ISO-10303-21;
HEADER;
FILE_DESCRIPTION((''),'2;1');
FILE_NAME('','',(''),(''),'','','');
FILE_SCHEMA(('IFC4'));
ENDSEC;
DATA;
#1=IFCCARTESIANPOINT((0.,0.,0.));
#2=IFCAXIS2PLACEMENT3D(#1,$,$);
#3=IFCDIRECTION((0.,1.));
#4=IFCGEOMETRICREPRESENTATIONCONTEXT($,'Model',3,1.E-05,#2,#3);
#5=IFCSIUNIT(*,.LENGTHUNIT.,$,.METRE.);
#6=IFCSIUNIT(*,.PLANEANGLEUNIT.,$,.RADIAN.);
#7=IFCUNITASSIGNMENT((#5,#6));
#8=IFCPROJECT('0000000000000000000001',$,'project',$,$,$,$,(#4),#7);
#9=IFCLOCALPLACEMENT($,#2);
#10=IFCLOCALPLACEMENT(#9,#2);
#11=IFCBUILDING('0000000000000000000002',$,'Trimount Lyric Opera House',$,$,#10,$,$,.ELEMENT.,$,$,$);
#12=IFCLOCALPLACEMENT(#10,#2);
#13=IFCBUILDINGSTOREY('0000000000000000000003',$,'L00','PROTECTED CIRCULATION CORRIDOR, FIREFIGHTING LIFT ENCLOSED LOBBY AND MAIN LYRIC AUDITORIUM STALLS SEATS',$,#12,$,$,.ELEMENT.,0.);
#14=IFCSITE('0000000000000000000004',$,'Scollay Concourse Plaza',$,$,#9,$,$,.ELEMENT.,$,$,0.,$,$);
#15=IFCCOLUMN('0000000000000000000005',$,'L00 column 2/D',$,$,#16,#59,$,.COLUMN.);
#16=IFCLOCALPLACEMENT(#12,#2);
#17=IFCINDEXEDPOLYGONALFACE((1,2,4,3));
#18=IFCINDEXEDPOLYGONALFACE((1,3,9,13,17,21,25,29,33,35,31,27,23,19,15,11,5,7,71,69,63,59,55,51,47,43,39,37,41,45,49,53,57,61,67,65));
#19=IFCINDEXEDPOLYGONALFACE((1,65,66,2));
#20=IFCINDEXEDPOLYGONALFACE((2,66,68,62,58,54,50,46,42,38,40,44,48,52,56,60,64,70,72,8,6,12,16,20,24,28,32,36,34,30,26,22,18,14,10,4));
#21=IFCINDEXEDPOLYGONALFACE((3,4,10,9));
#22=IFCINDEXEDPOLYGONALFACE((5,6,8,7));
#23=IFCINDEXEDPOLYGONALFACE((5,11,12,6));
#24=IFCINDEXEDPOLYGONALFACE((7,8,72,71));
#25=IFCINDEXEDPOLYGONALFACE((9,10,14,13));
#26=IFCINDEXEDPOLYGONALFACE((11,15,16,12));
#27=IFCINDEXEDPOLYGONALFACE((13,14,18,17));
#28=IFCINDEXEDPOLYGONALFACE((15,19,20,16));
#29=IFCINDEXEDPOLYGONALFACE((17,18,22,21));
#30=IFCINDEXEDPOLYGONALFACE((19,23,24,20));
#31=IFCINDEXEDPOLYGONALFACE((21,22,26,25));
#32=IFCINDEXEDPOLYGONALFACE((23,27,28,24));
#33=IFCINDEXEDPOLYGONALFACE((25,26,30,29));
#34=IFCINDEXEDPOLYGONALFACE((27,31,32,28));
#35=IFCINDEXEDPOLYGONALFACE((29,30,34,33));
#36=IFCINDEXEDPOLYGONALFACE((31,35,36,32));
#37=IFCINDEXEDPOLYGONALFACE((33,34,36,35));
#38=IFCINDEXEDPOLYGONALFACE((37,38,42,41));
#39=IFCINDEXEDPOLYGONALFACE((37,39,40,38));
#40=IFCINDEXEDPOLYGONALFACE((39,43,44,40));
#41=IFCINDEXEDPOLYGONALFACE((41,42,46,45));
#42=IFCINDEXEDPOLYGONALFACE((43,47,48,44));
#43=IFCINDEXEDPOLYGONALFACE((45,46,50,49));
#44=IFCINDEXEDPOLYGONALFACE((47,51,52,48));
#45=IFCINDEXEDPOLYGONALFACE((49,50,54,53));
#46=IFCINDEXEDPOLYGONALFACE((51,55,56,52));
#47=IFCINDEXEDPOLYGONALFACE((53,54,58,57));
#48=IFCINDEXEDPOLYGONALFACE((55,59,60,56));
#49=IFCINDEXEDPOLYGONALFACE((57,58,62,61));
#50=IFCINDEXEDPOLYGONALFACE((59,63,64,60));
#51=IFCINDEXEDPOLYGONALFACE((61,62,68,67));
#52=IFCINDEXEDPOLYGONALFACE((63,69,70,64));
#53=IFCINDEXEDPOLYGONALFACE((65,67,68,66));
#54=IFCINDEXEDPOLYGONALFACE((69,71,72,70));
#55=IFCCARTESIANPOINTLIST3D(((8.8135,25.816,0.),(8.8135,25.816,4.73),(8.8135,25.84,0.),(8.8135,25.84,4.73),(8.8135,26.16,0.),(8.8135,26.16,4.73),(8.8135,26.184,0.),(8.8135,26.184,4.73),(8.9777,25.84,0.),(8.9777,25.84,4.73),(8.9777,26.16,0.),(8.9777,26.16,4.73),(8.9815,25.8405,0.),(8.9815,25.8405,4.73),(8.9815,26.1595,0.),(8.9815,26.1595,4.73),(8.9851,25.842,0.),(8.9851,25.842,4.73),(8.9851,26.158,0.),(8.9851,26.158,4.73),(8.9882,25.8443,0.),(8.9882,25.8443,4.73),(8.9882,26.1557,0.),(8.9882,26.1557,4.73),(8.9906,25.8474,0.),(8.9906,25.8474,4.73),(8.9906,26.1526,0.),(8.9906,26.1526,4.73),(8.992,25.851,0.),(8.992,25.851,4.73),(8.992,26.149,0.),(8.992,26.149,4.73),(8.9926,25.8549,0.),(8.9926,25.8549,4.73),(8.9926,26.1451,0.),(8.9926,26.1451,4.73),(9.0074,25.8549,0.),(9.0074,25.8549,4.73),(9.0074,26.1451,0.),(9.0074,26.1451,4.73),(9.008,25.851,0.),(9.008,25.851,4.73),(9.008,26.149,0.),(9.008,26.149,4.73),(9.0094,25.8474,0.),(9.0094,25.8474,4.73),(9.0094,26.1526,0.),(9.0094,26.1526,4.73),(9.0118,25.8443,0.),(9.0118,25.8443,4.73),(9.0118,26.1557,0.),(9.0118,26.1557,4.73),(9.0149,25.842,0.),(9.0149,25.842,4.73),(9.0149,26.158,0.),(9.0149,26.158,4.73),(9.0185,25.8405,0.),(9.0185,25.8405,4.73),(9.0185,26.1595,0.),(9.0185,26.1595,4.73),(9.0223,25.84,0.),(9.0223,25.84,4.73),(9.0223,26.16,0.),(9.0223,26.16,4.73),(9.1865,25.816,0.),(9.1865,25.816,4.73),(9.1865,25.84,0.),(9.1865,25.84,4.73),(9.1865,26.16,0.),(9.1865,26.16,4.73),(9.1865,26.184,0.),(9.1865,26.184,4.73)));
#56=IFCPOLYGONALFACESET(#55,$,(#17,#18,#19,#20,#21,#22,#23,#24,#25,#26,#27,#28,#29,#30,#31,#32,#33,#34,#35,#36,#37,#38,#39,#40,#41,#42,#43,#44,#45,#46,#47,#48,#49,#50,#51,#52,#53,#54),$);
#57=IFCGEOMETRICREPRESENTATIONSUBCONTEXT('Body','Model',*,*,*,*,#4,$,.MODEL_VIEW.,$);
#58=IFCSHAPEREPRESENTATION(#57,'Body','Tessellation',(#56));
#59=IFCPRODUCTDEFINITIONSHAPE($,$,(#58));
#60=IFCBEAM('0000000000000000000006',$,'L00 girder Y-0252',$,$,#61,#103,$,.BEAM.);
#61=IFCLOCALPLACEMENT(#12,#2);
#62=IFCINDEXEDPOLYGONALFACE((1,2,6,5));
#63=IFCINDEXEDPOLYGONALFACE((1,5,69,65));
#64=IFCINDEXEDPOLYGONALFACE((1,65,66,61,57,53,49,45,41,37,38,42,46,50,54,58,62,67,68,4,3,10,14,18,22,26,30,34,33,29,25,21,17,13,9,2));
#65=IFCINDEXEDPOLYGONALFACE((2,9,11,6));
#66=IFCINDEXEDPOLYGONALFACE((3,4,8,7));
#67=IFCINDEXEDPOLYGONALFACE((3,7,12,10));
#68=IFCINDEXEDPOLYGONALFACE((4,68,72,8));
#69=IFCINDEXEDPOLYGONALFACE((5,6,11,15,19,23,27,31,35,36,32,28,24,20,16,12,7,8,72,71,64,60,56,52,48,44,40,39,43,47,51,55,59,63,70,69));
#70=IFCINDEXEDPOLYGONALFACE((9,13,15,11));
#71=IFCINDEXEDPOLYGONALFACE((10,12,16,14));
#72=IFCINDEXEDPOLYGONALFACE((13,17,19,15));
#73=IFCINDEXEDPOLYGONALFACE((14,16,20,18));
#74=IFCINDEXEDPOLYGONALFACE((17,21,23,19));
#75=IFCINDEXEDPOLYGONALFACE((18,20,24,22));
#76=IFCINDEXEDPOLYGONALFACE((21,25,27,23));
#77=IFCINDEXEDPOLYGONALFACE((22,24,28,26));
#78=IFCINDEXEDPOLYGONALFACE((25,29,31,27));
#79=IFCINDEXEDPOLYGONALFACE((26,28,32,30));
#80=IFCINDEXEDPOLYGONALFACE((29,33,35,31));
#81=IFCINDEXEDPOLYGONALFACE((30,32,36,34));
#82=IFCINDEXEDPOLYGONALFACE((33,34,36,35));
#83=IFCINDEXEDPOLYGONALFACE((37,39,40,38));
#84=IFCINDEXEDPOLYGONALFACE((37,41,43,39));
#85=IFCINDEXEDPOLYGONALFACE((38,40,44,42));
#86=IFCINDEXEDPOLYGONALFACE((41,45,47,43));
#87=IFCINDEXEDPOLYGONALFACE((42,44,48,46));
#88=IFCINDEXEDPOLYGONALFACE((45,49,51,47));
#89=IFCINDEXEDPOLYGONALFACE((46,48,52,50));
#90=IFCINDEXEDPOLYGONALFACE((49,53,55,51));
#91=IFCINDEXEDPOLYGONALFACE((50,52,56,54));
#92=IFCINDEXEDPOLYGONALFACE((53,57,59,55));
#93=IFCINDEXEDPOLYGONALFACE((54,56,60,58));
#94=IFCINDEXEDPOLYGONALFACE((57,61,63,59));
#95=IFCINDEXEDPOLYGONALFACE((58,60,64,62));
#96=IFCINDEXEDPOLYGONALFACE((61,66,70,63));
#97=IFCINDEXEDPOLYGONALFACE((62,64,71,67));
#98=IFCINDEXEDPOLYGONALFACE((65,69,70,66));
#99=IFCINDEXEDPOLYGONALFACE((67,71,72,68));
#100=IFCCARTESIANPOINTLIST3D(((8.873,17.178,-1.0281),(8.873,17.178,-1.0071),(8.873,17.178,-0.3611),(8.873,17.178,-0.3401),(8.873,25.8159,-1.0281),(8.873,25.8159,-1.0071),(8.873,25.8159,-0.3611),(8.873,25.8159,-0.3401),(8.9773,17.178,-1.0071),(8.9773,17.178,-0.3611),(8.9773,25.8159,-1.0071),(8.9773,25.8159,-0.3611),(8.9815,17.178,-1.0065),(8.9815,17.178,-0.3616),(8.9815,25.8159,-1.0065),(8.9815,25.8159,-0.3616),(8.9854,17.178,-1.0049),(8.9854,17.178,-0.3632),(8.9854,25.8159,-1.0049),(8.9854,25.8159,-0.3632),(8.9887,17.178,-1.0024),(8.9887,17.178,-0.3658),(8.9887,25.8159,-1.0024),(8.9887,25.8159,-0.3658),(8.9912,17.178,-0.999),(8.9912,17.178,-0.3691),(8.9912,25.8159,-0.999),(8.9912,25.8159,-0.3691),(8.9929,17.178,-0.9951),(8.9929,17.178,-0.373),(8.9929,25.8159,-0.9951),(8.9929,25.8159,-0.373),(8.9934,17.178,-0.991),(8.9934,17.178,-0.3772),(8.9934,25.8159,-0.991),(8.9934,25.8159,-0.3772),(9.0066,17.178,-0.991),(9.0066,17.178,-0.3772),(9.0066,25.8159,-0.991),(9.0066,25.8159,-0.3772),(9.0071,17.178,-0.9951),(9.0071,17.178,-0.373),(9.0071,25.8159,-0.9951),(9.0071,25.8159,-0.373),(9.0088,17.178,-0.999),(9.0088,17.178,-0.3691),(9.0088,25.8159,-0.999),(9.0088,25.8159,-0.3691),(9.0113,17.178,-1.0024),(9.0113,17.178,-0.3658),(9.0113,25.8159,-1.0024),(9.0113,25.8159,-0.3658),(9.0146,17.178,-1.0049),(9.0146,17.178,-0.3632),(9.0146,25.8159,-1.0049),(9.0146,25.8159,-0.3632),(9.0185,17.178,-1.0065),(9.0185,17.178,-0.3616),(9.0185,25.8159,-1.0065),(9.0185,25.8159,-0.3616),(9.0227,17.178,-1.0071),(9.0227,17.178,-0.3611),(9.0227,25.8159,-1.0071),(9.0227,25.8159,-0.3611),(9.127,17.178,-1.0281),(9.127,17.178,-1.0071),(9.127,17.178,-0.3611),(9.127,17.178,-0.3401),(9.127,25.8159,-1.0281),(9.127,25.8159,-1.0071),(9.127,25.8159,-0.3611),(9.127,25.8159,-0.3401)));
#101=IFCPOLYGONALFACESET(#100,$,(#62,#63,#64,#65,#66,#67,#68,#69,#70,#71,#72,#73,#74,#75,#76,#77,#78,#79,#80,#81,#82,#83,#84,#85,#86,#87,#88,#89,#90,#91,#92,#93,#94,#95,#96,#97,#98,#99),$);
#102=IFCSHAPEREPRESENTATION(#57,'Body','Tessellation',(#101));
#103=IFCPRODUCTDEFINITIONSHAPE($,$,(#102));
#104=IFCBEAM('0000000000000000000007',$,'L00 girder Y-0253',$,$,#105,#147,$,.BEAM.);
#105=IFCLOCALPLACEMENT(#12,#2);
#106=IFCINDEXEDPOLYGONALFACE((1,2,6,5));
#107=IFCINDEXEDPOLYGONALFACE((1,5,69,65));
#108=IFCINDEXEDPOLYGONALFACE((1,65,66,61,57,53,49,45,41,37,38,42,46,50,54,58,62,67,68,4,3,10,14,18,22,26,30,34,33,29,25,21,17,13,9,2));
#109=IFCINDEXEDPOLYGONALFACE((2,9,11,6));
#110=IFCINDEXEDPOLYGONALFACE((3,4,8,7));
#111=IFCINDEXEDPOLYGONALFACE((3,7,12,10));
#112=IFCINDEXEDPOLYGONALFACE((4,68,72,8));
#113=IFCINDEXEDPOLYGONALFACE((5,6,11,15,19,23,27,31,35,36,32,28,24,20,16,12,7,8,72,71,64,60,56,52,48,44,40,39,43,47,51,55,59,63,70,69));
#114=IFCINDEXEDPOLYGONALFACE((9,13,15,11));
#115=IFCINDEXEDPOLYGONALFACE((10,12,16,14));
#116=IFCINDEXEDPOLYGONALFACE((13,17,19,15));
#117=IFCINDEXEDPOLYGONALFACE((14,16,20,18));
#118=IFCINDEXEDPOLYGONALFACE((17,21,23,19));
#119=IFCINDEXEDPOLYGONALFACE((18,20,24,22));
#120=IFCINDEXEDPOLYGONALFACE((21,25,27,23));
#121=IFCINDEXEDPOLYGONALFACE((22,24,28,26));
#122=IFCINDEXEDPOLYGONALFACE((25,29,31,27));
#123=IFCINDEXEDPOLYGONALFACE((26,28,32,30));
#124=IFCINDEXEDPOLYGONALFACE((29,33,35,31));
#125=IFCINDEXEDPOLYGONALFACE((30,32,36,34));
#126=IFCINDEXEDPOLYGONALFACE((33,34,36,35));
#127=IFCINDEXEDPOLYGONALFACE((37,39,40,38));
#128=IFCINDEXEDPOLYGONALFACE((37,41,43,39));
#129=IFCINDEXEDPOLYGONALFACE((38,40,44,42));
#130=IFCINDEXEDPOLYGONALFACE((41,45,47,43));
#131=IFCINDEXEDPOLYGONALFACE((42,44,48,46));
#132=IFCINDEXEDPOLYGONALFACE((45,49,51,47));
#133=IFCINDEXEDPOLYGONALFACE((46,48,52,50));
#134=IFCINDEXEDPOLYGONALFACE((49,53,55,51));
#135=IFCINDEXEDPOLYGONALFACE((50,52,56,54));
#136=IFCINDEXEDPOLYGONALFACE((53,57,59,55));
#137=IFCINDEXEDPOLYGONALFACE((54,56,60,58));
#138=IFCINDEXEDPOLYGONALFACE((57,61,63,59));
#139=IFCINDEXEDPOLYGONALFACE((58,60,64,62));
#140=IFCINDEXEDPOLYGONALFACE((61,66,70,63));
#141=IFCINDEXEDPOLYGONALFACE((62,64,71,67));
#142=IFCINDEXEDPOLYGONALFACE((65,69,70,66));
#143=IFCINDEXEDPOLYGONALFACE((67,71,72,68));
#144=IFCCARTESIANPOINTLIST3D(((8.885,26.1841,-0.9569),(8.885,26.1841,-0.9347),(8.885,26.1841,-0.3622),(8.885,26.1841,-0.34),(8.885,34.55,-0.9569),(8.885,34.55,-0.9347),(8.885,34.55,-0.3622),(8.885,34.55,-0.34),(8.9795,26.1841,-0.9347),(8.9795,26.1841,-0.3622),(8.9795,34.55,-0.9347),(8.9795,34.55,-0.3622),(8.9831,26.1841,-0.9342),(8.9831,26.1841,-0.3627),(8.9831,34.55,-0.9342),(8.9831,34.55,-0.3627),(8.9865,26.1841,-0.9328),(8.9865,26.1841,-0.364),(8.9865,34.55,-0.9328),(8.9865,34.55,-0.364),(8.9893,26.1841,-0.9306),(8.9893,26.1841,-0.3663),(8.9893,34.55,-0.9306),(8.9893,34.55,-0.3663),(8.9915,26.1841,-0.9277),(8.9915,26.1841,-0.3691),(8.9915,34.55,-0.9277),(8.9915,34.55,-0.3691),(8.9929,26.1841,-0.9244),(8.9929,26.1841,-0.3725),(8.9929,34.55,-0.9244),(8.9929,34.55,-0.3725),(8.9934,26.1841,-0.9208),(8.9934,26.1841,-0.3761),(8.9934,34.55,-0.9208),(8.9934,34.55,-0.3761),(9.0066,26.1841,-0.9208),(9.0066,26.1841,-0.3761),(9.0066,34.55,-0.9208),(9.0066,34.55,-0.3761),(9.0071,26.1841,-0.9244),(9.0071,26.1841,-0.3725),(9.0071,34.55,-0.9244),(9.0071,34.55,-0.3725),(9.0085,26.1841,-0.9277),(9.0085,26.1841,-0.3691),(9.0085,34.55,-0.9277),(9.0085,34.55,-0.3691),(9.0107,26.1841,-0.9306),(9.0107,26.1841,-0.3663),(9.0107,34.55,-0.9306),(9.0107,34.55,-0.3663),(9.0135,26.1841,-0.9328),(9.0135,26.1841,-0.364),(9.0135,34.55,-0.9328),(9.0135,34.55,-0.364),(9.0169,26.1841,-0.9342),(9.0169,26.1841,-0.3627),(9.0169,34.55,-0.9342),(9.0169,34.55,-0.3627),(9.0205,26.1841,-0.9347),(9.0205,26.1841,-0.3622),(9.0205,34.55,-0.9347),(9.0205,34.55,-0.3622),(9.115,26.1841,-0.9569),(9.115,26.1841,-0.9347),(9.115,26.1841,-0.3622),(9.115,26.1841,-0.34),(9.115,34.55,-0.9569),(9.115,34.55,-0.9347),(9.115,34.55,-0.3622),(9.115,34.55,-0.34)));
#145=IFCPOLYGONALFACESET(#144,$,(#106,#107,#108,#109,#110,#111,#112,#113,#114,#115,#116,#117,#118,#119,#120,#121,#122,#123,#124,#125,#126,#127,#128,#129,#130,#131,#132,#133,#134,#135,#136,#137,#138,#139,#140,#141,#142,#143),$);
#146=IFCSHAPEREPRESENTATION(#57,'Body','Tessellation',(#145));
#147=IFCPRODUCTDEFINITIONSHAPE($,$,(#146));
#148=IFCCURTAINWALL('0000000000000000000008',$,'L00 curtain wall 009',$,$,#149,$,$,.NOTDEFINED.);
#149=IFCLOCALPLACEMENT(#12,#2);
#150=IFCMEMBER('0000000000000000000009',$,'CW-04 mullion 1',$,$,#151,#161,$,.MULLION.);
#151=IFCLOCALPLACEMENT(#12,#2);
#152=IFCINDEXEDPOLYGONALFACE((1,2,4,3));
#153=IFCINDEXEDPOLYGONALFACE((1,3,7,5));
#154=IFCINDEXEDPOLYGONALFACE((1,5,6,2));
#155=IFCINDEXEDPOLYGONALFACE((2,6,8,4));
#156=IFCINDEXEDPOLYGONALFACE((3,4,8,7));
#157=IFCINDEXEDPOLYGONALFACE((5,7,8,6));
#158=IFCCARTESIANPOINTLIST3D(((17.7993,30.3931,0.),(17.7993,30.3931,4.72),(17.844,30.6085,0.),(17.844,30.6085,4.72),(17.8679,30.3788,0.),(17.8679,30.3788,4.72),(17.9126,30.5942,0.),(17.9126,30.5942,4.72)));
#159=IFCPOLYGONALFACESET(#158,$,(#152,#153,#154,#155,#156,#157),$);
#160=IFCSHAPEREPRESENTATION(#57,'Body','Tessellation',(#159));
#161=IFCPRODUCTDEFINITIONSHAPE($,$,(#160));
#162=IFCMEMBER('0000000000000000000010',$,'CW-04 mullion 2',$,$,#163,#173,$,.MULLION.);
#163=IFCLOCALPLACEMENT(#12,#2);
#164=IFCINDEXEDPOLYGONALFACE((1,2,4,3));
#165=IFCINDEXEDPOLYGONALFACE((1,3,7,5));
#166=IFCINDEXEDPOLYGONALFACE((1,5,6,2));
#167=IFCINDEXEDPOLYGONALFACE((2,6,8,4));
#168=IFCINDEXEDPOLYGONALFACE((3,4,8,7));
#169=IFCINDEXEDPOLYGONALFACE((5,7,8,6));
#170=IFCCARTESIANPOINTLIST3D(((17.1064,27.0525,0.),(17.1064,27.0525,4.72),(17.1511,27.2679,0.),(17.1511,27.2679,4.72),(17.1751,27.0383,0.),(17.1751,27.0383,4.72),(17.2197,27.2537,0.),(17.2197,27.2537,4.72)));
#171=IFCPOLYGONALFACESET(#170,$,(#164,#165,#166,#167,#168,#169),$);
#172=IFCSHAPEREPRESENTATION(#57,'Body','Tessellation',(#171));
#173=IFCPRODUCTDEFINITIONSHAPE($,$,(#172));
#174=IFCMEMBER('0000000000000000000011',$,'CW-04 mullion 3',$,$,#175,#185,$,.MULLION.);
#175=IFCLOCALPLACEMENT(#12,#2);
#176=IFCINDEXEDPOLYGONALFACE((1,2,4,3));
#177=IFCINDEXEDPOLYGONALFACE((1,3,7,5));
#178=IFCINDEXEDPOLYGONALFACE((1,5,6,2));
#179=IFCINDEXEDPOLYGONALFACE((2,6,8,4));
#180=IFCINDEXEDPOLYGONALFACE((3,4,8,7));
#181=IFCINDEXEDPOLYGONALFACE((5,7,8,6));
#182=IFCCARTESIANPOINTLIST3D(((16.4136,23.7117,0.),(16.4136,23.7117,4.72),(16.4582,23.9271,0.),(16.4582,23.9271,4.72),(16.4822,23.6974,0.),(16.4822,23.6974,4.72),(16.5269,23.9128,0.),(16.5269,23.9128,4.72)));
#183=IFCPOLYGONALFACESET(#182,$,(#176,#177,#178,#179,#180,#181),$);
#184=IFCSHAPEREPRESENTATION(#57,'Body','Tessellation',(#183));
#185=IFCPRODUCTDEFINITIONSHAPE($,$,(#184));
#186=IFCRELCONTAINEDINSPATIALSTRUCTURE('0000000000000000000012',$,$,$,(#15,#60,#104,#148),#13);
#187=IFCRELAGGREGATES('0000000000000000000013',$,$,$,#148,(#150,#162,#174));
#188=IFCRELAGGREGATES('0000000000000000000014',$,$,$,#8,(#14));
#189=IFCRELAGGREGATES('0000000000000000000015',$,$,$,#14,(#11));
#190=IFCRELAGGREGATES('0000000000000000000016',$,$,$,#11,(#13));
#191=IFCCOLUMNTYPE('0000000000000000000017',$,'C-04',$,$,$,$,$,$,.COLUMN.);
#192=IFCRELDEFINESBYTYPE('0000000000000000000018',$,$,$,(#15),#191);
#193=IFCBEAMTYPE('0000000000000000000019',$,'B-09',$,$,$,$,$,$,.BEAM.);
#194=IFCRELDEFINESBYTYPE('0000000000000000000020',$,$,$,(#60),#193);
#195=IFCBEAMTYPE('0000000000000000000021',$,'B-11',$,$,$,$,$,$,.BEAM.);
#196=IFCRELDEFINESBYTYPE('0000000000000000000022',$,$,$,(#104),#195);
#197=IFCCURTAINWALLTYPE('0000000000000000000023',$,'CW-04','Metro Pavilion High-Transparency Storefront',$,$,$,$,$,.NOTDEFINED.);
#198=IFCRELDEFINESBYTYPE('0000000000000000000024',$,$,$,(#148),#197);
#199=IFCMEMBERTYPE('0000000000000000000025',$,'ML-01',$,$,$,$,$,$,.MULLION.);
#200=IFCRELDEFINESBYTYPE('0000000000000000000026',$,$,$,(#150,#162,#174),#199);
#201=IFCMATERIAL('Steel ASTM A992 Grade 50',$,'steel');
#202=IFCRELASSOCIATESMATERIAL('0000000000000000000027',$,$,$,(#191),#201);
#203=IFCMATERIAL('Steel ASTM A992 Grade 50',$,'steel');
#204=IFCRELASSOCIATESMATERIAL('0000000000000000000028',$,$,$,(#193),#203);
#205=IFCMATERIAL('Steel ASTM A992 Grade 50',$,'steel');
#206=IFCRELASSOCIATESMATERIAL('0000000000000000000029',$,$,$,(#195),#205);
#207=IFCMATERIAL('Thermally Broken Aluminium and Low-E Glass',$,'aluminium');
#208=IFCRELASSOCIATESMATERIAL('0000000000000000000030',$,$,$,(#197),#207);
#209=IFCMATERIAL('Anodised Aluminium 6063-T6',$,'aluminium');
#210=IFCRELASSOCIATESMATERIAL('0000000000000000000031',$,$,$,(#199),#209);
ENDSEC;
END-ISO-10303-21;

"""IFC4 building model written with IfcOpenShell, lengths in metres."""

from ifc_helpers import new_model, si_unit, direction, frame, origin, origin_2d, place, context, subcontext, project, spatial, rectangle, i_section, extrude, material, material_profile, profile_set, type_object, element, aggregate, save


model = new_model("IFC4")

# Units and contexts
model_context = context("Model", 3, precision=1e-05, world=origin(), true_north=direction((0.0, 1.0)))
body_context = subcontext(model_context, "Body", "Model", "MODEL_VIEW")
ifc_project = project(units=[si_unit("LENGTHUNIT", "METRE"), si_unit("PLANEANGLEUNIT", "RADIAN")], contexts=[model_context])

# Site, building, storey
site_placement = place(None, origin())
site = spatial("IfcSite", under=ifc_project, at=site_placement, Name="Scollay Concourse Plaza", CompositionType="ELEMENT", RefElevation=0.0)
building_placement = place(site_placement, origin())
building = spatial("IfcBuilding", under=site, at=building_placement, Name="Trimount Lyric Opera House", CompositionType="ELEMENT")
storey_placement = place(building_placement, origin())
storey = spatial("IfcBuildingStorey", under=building, at=storey_placement, Name="L00", Description="PROTECTED CIRCULATION CORRIDOR, FIREFIGHTING LIFT ENCLOSED LOBBY AND MAIN LYRIC AUDITORIUM STALLS SEATS", CompositionType="ELEMENT", Elevation=0.0)

# Column
ifc_material_1 = material(Name="Steel ASTM A992 Grade 50", Category="steel")
ifc_material_profile_1 = material_profile(ifc_material_1, i_section(OverallWidth=0.373, OverallDepth=0.3679, WebThickness=0.0149, FlangeThickness=0.0239, FilletRadius=0.0149, at=origin_2d()), Name="W14X120")
ifc_profile_set_1 = profile_set([ifc_material_profile_1], Name="Steel ASTM A992 Grade 50")
column_type = type_object("IfcColumnType", Name="C-04", PredefinedType="COLUMN", material=ifc_profile_set_1)
column_placement = place(storey_placement, frame((9.0, 26.0, 0.0), z_axis=(0.0, 0.0, 1.0), x_axis=(1.0, 0.0, 0.0)))
element("IfcColumn", 1, at=column_placement, inside=storey, type_object=column_type, Name="L00 column 2/D", PredefinedType="COLUMN", context=body_context, shape_type="SweptSolid", body=[
    extrude(i_section(OverallWidth=0.373, OverallDepth=0.3679, WebThickness=0.0149, FlangeThickness=0.0239, FilletRadius=0.0149, at=origin_2d()), origin(), (0.0, 0.0, 1.0), 4.73),
])

# Beams
ifc_material_2 = material(Name="Steel ASTM A992 Grade 50", Category="steel")
ifc_material_profile_2 = material_profile(ifc_material_2, i_section(OverallWidth=0.2539, OverallDepth=0.688, WebThickness=0.0132, FlangeThickness=0.021, FilletRadius=0.0161, at=origin_2d()), Name="W27X102")
ifc_profile_set_2 = profile_set([ifc_material_profile_2], Name="Steel ASTM A992 Grade 50")
beam_type_1 = type_object("IfcBeamType", Name="B-09", PredefinedType="BEAM", material=ifc_profile_set_2)
beam_1_placement = place(storey_placement, frame((9.0, 17.178, -0.6841), z_axis=(0.0, 1.0, 0.0), x_axis=(-1.0, 0.0, 0.0)))
element("IfcBeam", 2, at=beam_1_placement, inside=storey, type_object=beam_type_1, Name="L00 girder Y-0252", PredefinedType="BEAM", context=body_context, shape_type="SweptSolid", body=[
    extrude(i_section(OverallWidth=0.2539, OverallDepth=0.688, WebThickness=0.0132, FlangeThickness=0.021, FilletRadius=0.0161, at=origin_2d()), origin(), (0.0, 0.0, 1.0), 8.6379),
])
ifc_material_3 = material(Name="Steel ASTM A992 Grade 50", Category="steel")
ifc_material_profile_3 = material_profile(ifc_material_3, i_section(OverallWidth=0.23, OverallDepth=0.6169, WebThickness=0.0132, FlangeThickness=0.0222, FilletRadius=0.0139, at=origin_2d()), Name="W24X94")
ifc_profile_set_3 = profile_set([ifc_material_profile_3], Name="Steel ASTM A992 Grade 50")
beam_type_2 = type_object("IfcBeamType", Name="B-11", PredefinedType="BEAM", material=ifc_profile_set_3)
beam_2_placement = place(storey_placement, frame((9.0, 26.1841, -0.6484), z_axis=(0.0, 1.0, 0.0), x_axis=(-1.0, 0.0, 0.0)))
element("IfcBeam", 3, at=beam_2_placement, inside=storey, type_object=beam_type_2, Name="L00 girder Y-0253", PredefinedType="BEAM", context=body_context, shape_type="SweptSolid", body=[
    extrude(i_section(OverallWidth=0.23, OverallDepth=0.6169, WebThickness=0.0132, FlangeThickness=0.0222, FilletRadius=0.0139, at=origin_2d()), origin(), (0.0, 0.0, 1.0), 8.366),
])

# Curtain wall, members
ifc_material_4 = material(Name="Thermally Broken Aluminium and Low-E Glass", Category="aluminium")
curtain_wall_type = type_object("IfcCurtainWallType", Name="CW-04", Description="Metro Pavilion High-Transparency Storefront", PredefinedType="NOTDEFINED", material=ifc_material_4)
curtain_wall_1_placement = place(storey_placement, origin())
curtain_wall_1 = element("IfcCurtainWall", 4, at=curtain_wall_1_placement, inside=storey, type_object=curtain_wall_type, Name="L00 curtain wall 009", PredefinedType="NOTDEFINED")
ifc_material_5 = material(Name="Anodised Aluminium 6063-T6", Category="aluminium")
ifc_material_profile_4 = material_profile(ifc_material_5, rectangle(XDim=0.0701, YDim=0.22, at=origin_2d()), Name="ALU-MULL-70X220")
ifc_profile_set_4 = profile_set([ifc_material_profile_4], Name="Anodised Aluminium 6063-T6")
member_type_1 = type_object("IfcMemberType", Name="ML-01", PredefinedType="MULLION", material=ifc_profile_set_4)
member_1_placement = place(storey_placement, frame((17.856, 30.4937, 0.0), z_axis=(0.0, 0.0, 1.0), x_axis=(0.979161, -0.203085, 0.0)))
member_1 = element("IfcMember", 5, at=member_1_placement, type_object=member_type_1, Name="CW-04 mullion 1", PredefinedType="MULLION", context=body_context, shape_type="SweptSolid", body=[
    extrude(rectangle(XDim=0.0701, YDim=0.22, at=origin_2d()), origin(), (0.0, 0.0, 1.0), 4.72),
])
member_2_placement = place(storey_placement, frame((17.1631, 27.1531, 0.0), z_axis=(0.0, 0.0, 1.0), x_axis=(0.979161, -0.203085, 0.0)))
member_2 = element("IfcMember", 6, at=member_2_placement, type_object=member_type_1, Name="CW-04 mullion 2", PredefinedType="MULLION", context=body_context, shape_type="SweptSolid", body=[
    extrude(rectangle(XDim=0.0701, YDim=0.22, at=origin_2d()), origin(), (0.0, 0.0, 1.0), 4.72),
])
member_3_placement = place(storey_placement, frame((16.4702, 23.8123, 0.0), z_axis=(0.0, 0.0, 1.0), x_axis=(0.979161, -0.203085, 0.0)))
member_3 = element("IfcMember", 7, at=member_3_placement, type_object=member_type_1, Name="CW-04 mullion 3", PredefinedType="MULLION", context=body_context, shape_type="SweptSolid", body=[
    extrude(rectangle(XDim=0.0701, YDim=0.22, at=origin_2d()), origin(), (0.0, 0.0, 1.0), 4.72),
])

aggregate(curtain_wall_1, [member_1, member_2, member_3])

save(model, "model.ifc")
